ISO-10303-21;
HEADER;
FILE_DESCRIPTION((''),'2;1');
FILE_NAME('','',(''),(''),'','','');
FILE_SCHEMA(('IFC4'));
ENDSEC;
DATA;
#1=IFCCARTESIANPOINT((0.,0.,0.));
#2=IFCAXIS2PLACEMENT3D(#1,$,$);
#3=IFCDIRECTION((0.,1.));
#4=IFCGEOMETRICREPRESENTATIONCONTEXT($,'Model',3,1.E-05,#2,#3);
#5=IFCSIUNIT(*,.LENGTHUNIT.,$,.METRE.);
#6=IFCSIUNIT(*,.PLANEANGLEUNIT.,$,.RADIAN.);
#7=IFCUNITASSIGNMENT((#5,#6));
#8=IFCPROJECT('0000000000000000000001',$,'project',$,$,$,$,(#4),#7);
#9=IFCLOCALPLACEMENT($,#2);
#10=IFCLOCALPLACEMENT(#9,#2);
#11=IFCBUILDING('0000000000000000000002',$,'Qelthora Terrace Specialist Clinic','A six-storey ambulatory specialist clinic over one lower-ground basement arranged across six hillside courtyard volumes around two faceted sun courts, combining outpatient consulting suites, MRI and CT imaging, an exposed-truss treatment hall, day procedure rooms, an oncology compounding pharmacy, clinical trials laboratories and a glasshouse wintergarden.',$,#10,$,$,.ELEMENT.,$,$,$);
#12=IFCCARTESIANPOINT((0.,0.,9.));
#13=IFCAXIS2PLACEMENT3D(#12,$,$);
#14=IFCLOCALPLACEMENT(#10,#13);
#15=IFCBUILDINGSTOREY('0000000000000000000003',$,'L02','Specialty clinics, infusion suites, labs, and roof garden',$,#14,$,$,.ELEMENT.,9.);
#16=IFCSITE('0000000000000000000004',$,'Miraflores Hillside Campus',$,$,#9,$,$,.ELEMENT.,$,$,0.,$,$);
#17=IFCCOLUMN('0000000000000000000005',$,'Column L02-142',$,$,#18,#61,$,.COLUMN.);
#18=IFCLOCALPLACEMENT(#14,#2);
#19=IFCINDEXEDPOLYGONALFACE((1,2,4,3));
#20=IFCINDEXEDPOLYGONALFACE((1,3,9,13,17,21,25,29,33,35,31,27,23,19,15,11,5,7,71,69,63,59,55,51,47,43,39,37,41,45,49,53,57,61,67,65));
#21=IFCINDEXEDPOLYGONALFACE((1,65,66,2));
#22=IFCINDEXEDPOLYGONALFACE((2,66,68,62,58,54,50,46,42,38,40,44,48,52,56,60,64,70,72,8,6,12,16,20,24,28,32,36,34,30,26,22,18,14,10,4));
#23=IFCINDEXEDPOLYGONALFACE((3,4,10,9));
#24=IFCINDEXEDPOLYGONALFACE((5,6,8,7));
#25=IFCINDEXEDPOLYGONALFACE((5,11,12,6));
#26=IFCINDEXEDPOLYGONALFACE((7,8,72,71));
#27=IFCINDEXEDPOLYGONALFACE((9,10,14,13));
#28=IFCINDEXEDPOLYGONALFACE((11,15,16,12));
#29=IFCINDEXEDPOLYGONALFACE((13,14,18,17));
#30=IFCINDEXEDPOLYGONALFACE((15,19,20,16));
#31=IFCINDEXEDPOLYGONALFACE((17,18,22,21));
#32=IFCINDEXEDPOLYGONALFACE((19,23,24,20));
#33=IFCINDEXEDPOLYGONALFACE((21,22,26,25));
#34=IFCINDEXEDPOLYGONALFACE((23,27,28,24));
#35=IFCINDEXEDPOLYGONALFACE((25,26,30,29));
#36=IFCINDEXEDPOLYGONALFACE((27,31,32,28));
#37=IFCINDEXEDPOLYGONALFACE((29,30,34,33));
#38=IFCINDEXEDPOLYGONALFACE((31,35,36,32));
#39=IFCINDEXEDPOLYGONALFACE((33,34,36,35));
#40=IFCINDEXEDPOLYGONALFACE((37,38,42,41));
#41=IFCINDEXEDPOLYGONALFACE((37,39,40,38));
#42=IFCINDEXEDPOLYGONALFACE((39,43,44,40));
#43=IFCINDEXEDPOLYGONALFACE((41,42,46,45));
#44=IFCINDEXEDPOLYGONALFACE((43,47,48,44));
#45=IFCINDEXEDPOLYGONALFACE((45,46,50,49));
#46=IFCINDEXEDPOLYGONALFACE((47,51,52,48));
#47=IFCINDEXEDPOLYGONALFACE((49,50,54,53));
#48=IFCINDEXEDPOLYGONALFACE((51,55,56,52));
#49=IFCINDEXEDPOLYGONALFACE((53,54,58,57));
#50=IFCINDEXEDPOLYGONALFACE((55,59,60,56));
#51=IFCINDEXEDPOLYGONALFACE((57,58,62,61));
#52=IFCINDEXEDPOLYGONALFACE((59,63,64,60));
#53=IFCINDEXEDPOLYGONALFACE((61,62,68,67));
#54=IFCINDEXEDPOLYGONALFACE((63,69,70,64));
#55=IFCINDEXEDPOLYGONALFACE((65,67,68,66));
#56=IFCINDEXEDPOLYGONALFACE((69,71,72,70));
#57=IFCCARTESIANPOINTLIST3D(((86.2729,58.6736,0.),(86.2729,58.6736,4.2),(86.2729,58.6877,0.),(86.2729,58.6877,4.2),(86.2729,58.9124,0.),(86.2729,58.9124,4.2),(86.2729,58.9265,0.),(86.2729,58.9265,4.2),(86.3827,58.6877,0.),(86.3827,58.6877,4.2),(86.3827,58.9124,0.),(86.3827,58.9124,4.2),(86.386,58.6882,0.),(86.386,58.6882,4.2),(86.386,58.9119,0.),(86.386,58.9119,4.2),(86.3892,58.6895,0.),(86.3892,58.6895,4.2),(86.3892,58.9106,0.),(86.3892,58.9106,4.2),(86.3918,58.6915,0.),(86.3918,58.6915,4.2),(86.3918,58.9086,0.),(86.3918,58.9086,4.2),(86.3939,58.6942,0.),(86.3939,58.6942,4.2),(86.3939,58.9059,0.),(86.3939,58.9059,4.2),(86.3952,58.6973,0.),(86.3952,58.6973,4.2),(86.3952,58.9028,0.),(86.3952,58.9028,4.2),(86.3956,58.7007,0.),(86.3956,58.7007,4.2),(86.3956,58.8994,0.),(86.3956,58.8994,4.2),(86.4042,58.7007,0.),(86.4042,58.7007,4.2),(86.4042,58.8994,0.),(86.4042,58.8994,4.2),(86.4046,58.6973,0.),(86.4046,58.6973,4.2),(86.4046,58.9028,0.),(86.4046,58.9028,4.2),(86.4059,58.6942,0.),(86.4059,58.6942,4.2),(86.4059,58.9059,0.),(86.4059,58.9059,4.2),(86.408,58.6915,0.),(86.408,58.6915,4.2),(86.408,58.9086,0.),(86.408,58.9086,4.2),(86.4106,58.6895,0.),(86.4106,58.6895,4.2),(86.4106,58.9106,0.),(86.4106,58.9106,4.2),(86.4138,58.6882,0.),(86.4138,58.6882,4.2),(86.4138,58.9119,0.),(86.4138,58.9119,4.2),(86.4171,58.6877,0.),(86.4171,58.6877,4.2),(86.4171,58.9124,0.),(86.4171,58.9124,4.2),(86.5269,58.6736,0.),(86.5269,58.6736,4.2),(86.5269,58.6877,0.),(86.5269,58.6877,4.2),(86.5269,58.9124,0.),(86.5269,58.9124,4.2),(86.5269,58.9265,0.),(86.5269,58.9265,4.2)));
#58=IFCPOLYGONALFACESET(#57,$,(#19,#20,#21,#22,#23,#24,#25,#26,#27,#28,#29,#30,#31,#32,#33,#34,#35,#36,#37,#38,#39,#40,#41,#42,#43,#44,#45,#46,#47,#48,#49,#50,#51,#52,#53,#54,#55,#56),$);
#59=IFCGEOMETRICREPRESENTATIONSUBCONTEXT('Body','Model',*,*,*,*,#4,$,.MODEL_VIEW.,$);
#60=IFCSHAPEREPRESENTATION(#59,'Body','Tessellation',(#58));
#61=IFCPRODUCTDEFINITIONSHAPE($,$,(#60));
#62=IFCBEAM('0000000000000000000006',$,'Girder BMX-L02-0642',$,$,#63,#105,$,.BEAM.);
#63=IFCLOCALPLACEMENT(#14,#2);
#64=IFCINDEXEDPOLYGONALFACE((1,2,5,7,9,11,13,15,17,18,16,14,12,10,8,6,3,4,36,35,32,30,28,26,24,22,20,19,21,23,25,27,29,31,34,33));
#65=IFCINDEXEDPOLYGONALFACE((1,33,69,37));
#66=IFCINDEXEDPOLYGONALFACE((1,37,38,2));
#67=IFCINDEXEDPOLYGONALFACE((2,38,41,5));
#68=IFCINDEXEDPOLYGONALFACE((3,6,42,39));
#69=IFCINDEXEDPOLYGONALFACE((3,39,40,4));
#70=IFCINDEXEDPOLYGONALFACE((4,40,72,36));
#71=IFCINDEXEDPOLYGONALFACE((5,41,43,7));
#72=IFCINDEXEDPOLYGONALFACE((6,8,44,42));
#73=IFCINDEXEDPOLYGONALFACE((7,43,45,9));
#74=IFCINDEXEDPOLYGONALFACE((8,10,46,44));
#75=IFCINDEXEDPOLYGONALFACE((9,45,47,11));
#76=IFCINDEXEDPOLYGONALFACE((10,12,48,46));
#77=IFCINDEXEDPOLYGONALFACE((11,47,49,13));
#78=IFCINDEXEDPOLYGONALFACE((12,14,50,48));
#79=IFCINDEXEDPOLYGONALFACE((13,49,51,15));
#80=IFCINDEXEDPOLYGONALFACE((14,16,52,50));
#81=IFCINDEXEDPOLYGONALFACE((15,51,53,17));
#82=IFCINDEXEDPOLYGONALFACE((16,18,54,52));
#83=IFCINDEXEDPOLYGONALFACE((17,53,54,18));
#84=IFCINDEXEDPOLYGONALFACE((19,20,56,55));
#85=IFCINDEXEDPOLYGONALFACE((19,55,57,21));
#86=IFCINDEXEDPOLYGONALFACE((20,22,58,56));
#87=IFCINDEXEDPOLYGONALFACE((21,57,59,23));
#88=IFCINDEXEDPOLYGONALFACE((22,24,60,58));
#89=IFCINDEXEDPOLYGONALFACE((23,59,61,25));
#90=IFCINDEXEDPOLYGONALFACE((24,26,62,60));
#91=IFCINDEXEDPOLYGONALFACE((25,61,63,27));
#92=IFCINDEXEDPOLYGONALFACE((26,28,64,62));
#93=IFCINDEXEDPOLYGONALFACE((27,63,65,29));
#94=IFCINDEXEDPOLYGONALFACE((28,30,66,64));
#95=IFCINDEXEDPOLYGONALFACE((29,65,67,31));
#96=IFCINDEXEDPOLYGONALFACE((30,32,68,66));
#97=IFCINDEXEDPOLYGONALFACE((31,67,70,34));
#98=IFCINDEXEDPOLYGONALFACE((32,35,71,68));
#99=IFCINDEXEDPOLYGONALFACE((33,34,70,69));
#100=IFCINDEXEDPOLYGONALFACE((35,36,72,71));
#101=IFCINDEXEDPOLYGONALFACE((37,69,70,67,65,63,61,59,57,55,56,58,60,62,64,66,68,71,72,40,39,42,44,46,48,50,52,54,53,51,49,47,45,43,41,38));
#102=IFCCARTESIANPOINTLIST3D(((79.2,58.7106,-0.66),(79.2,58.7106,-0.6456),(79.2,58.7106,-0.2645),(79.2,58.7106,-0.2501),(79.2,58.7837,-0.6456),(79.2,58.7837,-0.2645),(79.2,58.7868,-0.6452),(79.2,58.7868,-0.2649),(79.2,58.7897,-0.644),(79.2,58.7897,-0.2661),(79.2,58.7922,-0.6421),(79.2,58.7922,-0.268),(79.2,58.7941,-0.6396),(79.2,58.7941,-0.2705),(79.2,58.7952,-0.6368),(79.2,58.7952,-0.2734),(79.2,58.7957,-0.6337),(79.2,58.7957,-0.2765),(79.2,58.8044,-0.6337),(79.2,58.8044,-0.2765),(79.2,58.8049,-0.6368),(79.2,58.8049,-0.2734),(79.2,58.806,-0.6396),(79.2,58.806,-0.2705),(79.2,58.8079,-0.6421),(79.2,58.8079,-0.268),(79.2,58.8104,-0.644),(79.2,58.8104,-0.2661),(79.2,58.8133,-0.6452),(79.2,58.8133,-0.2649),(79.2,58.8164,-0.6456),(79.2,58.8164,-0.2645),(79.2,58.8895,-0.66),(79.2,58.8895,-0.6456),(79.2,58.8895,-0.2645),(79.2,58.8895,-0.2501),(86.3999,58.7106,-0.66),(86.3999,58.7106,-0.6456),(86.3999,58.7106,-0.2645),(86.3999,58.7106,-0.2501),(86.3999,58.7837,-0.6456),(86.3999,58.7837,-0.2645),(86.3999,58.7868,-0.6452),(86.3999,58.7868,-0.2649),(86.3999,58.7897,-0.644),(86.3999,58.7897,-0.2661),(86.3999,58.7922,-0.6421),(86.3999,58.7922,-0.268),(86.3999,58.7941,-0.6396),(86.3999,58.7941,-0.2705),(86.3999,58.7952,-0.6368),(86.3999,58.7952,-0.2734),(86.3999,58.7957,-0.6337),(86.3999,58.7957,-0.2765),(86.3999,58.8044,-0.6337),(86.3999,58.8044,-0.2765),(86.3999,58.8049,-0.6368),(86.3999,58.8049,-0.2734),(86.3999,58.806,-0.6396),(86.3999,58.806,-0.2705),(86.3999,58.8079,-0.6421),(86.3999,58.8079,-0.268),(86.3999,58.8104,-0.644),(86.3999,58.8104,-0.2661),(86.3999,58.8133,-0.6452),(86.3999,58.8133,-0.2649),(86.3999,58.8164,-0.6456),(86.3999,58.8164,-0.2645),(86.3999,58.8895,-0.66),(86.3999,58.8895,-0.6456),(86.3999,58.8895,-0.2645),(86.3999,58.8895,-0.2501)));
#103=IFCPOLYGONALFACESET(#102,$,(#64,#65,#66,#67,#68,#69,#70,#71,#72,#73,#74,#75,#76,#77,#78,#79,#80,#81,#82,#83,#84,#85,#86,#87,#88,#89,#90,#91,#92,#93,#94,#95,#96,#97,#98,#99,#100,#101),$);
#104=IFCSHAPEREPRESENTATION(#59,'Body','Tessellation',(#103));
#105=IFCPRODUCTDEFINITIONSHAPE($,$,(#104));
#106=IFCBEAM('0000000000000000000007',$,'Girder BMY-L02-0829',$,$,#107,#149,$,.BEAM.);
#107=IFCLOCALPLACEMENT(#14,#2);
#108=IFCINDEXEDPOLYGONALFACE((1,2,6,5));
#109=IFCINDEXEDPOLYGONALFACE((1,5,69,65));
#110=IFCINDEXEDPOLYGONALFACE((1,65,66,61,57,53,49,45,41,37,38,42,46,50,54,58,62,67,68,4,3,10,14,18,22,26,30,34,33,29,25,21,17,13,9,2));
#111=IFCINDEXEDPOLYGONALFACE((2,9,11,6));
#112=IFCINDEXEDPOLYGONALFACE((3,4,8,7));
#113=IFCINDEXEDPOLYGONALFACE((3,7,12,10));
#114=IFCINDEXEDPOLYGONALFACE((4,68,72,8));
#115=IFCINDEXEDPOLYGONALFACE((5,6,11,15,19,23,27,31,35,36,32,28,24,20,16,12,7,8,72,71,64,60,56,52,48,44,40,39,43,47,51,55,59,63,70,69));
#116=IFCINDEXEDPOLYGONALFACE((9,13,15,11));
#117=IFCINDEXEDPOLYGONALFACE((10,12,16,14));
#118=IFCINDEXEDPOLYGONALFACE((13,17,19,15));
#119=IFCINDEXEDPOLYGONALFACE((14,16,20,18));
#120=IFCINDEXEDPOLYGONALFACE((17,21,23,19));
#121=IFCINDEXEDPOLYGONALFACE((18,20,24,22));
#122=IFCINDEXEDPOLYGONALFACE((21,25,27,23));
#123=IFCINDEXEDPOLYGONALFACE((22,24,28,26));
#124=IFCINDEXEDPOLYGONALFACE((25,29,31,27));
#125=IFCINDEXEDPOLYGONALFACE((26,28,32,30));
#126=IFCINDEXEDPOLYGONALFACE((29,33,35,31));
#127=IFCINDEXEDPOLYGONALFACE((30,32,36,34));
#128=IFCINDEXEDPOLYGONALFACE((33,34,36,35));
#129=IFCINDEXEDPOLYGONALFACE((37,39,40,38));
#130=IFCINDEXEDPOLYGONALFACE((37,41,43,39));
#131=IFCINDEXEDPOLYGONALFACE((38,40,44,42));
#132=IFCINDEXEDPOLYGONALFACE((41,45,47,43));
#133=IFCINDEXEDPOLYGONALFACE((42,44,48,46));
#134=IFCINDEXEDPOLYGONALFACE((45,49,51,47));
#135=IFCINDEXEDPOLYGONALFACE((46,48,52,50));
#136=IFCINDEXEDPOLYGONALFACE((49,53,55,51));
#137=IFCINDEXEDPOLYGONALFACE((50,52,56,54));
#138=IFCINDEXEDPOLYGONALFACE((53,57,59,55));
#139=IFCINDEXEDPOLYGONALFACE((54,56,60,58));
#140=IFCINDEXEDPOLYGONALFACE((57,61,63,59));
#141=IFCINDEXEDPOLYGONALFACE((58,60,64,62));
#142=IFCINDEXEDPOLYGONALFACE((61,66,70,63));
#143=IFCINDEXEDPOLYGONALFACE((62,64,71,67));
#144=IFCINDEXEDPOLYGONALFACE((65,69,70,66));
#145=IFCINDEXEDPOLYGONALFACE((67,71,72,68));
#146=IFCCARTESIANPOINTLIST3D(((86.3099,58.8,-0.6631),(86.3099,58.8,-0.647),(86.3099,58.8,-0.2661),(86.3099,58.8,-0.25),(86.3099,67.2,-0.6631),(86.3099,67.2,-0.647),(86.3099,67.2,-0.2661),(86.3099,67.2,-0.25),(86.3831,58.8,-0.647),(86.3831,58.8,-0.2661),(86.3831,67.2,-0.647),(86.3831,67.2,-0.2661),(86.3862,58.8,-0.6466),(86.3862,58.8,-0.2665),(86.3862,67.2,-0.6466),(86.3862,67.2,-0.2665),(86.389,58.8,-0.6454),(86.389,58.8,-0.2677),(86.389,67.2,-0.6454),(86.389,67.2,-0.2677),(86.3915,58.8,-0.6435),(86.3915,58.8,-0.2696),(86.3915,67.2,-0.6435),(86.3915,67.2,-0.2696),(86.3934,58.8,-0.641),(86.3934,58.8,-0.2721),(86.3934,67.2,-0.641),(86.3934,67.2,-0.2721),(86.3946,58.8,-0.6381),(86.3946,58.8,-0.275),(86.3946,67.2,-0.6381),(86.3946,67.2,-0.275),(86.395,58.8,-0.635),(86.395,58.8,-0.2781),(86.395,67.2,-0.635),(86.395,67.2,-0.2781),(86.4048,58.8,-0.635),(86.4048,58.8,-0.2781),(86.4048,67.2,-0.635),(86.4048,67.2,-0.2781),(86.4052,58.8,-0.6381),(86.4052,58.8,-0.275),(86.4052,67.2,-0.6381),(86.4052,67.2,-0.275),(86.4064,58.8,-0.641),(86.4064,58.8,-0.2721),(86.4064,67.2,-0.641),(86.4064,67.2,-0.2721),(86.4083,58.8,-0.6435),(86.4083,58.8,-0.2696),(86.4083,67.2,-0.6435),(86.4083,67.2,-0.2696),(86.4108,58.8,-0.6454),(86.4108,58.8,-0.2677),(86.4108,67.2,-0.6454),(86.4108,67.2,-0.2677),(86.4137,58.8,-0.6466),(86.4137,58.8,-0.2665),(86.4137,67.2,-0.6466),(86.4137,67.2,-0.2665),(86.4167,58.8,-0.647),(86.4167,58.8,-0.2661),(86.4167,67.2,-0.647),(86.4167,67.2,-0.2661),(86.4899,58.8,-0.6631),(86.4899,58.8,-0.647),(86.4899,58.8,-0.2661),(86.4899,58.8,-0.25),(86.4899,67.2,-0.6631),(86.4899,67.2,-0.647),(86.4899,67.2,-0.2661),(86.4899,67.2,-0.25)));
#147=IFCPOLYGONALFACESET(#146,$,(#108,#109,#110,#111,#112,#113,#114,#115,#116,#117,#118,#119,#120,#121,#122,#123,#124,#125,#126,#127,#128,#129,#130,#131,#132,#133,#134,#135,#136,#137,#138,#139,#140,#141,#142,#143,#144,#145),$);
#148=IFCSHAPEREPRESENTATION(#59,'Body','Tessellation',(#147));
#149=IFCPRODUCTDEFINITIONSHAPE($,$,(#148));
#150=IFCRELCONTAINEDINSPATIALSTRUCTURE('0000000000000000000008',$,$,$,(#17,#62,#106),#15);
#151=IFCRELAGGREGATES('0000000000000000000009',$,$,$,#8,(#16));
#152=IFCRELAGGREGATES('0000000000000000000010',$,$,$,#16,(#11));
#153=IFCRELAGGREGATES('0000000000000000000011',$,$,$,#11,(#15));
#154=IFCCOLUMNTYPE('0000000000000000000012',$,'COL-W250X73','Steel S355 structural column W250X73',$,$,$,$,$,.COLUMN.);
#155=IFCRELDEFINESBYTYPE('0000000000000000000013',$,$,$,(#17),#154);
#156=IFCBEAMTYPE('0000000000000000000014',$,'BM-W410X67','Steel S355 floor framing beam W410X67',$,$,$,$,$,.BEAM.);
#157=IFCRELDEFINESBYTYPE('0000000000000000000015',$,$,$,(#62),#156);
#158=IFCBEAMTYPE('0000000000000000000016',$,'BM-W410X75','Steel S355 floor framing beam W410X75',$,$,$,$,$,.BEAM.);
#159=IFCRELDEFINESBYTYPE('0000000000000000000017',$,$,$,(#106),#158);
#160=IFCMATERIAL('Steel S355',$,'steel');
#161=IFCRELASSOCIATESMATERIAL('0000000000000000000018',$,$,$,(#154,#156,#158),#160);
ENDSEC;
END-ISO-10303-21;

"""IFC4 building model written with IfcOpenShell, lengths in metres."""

from ifc_helpers import new_model, si_unit, direction, frame, origin, origin_2d, place, context, subcontext, project, spatial, i_section, extrude, material, material_profile, profile_set, type_object, element, save


model = new_model("IFC4")

# Units and contexts
model_context = context("Model", 3, precision=1e-05, world=origin(), true_north=direction((0.0, 1.0)))
body_context = subcontext(model_context, "Body", "Model", "MODEL_VIEW")
ifc_project = project(units=[si_unit("LENGTHUNIT", "METRE"), si_unit("PLANEANGLEUNIT", "RADIAN")], contexts=[model_context])

# Site, building, storey
site_placement = place(None, origin())
site = spatial("IfcSite", under=ifc_project, at=site_placement, Name="Miraflores Hillside Campus", CompositionType="ELEMENT", RefElevation=0.0)
building_placement = place(site_placement, origin())
building = spatial("IfcBuilding", under=site, at=building_placement, Name="Qelthora Terrace Specialist Clinic", Description="A six-storey ambulatory specialist clinic over one lower-ground basement arranged across six hillside courtyard volumes around two faceted sun courts, combining outpatient consulting suites, MRI and CT imaging, an exposed-truss treatment hall, day procedure rooms, an oncology compounding pharmacy, clinical trials laboratories and a glasshouse wintergarden.", CompositionType="ELEMENT")
storey_placement = place(building_placement, frame((0.0, 0.0, 9.0)))
storey = spatial("IfcBuildingStorey", under=building, at=storey_placement, Name="L02", Description="Specialty clinics, infusion suites, labs, and roof garden", CompositionType="ELEMENT", Elevation=9.0)

# Column
ifc_material_1 = material(Name="Steel S355", Category="steel")
ifc_material_profile_1 = material_profile(ifc_material_1, i_section(OverallWidth=0.2539, OverallDepth=0.2529, WebThickness=0.0085, FlangeThickness=0.0142, FilletRadius=0.0129, at=origin_2d()), Name="W250X73")
ifc_profile_set_1 = profile_set([ifc_material_profile_1], Name="Steel S355")
column_type = type_object("IfcColumnType", Name="COL-W250X73", Description="Steel S355 structural column W250X73", PredefinedType="COLUMN", material=ifc_profile_set_1)
column_placement = place(storey_placement, frame((86.3999, 58.8, 0.0), z_axis=(0.0, 0.0, 1.0), x_axis=(1.0, 0.0, 0.0)))
element("IfcColumn", 1, at=column_placement, inside=storey, type_object=column_type, Name="Column L02-142", PredefinedType="COLUMN", context=body_context, shape_type="SweptSolid", body=[
    extrude(i_section(OverallWidth=0.2539, OverallDepth=0.2529, WebThickness=0.0085, FlangeThickness=0.0142, FilletRadius=0.0129, at=origin_2d()), origin(), (0.0, 0.0, 1.0), 4.2),
])

# Beams
ifc_material_profile_2 = material_profile(ifc_material_1, i_section(OverallWidth=0.179, OverallDepth=0.4099, WebThickness=0.0088, FlangeThickness=0.0144, FilletRadius=0.012, at=origin_2d()), Name="W410X67")
ifc_profile_set_2 = profile_set([ifc_material_profile_2], Name="Steel S355")
beam_type_1 = type_object("IfcBeamType", Name="BM-W410X67", Description="Steel S355 floor framing beam W410X67", PredefinedType="BEAM", material=ifc_profile_set_2)
beam_1_placement = place(storey_placement, frame((79.2, 58.8, -0.4551), z_axis=(1.0, 0.0, 0.0), x_axis=(0.0, 1.0, 0.0)))
element("IfcBeam", 2, at=beam_1_placement, inside=storey, type_object=beam_type_1, Name="Girder BMX-L02-0642", PredefinedType="BEAM", context=body_context, shape_type="SweptSolid", body=[
    extrude(i_section(OverallWidth=0.179, OverallDepth=0.4099, WebThickness=0.0088, FlangeThickness=0.0144, FilletRadius=0.012, at=origin_2d()), origin(), (0.0, 0.0, 1.0), 7.2),
])
ifc_material_profile_3 = material_profile(ifc_material_1, i_section(OverallWidth=0.1799, OverallDepth=0.4131, WebThickness=0.0098, FlangeThickness=0.0161, FilletRadius=0.012, at=origin_2d()), Name="W410X75")
ifc_profile_set_3 = profile_set([ifc_material_profile_3], Name="Steel S355")
beam_type_2 = type_object("IfcBeamType", Name="BM-W410X75", Description="Steel S355 floor framing beam W410X75", PredefinedType="BEAM", material=ifc_profile_set_3)
beam_2_placement = place(storey_placement, frame((86.3999, 58.8, -0.4565), z_axis=(0.0, 1.0, 0.0), x_axis=(-1.0, 0.0, 0.0)))
element("IfcBeam", 3, at=beam_2_placement, inside=storey, type_object=beam_type_2, Name="Girder BMY-L02-0829", PredefinedType="BEAM", context=body_context, shape_type="SweptSolid", body=[
    extrude(i_section(OverallWidth=0.1799, OverallDepth=0.4131, WebThickness=0.0098, FlangeThickness=0.0161, FilletRadius=0.012, at=origin_2d()), origin(), (0.0, 0.0, 1.0), 8.3999),
])

save(model, "model.ifc")
